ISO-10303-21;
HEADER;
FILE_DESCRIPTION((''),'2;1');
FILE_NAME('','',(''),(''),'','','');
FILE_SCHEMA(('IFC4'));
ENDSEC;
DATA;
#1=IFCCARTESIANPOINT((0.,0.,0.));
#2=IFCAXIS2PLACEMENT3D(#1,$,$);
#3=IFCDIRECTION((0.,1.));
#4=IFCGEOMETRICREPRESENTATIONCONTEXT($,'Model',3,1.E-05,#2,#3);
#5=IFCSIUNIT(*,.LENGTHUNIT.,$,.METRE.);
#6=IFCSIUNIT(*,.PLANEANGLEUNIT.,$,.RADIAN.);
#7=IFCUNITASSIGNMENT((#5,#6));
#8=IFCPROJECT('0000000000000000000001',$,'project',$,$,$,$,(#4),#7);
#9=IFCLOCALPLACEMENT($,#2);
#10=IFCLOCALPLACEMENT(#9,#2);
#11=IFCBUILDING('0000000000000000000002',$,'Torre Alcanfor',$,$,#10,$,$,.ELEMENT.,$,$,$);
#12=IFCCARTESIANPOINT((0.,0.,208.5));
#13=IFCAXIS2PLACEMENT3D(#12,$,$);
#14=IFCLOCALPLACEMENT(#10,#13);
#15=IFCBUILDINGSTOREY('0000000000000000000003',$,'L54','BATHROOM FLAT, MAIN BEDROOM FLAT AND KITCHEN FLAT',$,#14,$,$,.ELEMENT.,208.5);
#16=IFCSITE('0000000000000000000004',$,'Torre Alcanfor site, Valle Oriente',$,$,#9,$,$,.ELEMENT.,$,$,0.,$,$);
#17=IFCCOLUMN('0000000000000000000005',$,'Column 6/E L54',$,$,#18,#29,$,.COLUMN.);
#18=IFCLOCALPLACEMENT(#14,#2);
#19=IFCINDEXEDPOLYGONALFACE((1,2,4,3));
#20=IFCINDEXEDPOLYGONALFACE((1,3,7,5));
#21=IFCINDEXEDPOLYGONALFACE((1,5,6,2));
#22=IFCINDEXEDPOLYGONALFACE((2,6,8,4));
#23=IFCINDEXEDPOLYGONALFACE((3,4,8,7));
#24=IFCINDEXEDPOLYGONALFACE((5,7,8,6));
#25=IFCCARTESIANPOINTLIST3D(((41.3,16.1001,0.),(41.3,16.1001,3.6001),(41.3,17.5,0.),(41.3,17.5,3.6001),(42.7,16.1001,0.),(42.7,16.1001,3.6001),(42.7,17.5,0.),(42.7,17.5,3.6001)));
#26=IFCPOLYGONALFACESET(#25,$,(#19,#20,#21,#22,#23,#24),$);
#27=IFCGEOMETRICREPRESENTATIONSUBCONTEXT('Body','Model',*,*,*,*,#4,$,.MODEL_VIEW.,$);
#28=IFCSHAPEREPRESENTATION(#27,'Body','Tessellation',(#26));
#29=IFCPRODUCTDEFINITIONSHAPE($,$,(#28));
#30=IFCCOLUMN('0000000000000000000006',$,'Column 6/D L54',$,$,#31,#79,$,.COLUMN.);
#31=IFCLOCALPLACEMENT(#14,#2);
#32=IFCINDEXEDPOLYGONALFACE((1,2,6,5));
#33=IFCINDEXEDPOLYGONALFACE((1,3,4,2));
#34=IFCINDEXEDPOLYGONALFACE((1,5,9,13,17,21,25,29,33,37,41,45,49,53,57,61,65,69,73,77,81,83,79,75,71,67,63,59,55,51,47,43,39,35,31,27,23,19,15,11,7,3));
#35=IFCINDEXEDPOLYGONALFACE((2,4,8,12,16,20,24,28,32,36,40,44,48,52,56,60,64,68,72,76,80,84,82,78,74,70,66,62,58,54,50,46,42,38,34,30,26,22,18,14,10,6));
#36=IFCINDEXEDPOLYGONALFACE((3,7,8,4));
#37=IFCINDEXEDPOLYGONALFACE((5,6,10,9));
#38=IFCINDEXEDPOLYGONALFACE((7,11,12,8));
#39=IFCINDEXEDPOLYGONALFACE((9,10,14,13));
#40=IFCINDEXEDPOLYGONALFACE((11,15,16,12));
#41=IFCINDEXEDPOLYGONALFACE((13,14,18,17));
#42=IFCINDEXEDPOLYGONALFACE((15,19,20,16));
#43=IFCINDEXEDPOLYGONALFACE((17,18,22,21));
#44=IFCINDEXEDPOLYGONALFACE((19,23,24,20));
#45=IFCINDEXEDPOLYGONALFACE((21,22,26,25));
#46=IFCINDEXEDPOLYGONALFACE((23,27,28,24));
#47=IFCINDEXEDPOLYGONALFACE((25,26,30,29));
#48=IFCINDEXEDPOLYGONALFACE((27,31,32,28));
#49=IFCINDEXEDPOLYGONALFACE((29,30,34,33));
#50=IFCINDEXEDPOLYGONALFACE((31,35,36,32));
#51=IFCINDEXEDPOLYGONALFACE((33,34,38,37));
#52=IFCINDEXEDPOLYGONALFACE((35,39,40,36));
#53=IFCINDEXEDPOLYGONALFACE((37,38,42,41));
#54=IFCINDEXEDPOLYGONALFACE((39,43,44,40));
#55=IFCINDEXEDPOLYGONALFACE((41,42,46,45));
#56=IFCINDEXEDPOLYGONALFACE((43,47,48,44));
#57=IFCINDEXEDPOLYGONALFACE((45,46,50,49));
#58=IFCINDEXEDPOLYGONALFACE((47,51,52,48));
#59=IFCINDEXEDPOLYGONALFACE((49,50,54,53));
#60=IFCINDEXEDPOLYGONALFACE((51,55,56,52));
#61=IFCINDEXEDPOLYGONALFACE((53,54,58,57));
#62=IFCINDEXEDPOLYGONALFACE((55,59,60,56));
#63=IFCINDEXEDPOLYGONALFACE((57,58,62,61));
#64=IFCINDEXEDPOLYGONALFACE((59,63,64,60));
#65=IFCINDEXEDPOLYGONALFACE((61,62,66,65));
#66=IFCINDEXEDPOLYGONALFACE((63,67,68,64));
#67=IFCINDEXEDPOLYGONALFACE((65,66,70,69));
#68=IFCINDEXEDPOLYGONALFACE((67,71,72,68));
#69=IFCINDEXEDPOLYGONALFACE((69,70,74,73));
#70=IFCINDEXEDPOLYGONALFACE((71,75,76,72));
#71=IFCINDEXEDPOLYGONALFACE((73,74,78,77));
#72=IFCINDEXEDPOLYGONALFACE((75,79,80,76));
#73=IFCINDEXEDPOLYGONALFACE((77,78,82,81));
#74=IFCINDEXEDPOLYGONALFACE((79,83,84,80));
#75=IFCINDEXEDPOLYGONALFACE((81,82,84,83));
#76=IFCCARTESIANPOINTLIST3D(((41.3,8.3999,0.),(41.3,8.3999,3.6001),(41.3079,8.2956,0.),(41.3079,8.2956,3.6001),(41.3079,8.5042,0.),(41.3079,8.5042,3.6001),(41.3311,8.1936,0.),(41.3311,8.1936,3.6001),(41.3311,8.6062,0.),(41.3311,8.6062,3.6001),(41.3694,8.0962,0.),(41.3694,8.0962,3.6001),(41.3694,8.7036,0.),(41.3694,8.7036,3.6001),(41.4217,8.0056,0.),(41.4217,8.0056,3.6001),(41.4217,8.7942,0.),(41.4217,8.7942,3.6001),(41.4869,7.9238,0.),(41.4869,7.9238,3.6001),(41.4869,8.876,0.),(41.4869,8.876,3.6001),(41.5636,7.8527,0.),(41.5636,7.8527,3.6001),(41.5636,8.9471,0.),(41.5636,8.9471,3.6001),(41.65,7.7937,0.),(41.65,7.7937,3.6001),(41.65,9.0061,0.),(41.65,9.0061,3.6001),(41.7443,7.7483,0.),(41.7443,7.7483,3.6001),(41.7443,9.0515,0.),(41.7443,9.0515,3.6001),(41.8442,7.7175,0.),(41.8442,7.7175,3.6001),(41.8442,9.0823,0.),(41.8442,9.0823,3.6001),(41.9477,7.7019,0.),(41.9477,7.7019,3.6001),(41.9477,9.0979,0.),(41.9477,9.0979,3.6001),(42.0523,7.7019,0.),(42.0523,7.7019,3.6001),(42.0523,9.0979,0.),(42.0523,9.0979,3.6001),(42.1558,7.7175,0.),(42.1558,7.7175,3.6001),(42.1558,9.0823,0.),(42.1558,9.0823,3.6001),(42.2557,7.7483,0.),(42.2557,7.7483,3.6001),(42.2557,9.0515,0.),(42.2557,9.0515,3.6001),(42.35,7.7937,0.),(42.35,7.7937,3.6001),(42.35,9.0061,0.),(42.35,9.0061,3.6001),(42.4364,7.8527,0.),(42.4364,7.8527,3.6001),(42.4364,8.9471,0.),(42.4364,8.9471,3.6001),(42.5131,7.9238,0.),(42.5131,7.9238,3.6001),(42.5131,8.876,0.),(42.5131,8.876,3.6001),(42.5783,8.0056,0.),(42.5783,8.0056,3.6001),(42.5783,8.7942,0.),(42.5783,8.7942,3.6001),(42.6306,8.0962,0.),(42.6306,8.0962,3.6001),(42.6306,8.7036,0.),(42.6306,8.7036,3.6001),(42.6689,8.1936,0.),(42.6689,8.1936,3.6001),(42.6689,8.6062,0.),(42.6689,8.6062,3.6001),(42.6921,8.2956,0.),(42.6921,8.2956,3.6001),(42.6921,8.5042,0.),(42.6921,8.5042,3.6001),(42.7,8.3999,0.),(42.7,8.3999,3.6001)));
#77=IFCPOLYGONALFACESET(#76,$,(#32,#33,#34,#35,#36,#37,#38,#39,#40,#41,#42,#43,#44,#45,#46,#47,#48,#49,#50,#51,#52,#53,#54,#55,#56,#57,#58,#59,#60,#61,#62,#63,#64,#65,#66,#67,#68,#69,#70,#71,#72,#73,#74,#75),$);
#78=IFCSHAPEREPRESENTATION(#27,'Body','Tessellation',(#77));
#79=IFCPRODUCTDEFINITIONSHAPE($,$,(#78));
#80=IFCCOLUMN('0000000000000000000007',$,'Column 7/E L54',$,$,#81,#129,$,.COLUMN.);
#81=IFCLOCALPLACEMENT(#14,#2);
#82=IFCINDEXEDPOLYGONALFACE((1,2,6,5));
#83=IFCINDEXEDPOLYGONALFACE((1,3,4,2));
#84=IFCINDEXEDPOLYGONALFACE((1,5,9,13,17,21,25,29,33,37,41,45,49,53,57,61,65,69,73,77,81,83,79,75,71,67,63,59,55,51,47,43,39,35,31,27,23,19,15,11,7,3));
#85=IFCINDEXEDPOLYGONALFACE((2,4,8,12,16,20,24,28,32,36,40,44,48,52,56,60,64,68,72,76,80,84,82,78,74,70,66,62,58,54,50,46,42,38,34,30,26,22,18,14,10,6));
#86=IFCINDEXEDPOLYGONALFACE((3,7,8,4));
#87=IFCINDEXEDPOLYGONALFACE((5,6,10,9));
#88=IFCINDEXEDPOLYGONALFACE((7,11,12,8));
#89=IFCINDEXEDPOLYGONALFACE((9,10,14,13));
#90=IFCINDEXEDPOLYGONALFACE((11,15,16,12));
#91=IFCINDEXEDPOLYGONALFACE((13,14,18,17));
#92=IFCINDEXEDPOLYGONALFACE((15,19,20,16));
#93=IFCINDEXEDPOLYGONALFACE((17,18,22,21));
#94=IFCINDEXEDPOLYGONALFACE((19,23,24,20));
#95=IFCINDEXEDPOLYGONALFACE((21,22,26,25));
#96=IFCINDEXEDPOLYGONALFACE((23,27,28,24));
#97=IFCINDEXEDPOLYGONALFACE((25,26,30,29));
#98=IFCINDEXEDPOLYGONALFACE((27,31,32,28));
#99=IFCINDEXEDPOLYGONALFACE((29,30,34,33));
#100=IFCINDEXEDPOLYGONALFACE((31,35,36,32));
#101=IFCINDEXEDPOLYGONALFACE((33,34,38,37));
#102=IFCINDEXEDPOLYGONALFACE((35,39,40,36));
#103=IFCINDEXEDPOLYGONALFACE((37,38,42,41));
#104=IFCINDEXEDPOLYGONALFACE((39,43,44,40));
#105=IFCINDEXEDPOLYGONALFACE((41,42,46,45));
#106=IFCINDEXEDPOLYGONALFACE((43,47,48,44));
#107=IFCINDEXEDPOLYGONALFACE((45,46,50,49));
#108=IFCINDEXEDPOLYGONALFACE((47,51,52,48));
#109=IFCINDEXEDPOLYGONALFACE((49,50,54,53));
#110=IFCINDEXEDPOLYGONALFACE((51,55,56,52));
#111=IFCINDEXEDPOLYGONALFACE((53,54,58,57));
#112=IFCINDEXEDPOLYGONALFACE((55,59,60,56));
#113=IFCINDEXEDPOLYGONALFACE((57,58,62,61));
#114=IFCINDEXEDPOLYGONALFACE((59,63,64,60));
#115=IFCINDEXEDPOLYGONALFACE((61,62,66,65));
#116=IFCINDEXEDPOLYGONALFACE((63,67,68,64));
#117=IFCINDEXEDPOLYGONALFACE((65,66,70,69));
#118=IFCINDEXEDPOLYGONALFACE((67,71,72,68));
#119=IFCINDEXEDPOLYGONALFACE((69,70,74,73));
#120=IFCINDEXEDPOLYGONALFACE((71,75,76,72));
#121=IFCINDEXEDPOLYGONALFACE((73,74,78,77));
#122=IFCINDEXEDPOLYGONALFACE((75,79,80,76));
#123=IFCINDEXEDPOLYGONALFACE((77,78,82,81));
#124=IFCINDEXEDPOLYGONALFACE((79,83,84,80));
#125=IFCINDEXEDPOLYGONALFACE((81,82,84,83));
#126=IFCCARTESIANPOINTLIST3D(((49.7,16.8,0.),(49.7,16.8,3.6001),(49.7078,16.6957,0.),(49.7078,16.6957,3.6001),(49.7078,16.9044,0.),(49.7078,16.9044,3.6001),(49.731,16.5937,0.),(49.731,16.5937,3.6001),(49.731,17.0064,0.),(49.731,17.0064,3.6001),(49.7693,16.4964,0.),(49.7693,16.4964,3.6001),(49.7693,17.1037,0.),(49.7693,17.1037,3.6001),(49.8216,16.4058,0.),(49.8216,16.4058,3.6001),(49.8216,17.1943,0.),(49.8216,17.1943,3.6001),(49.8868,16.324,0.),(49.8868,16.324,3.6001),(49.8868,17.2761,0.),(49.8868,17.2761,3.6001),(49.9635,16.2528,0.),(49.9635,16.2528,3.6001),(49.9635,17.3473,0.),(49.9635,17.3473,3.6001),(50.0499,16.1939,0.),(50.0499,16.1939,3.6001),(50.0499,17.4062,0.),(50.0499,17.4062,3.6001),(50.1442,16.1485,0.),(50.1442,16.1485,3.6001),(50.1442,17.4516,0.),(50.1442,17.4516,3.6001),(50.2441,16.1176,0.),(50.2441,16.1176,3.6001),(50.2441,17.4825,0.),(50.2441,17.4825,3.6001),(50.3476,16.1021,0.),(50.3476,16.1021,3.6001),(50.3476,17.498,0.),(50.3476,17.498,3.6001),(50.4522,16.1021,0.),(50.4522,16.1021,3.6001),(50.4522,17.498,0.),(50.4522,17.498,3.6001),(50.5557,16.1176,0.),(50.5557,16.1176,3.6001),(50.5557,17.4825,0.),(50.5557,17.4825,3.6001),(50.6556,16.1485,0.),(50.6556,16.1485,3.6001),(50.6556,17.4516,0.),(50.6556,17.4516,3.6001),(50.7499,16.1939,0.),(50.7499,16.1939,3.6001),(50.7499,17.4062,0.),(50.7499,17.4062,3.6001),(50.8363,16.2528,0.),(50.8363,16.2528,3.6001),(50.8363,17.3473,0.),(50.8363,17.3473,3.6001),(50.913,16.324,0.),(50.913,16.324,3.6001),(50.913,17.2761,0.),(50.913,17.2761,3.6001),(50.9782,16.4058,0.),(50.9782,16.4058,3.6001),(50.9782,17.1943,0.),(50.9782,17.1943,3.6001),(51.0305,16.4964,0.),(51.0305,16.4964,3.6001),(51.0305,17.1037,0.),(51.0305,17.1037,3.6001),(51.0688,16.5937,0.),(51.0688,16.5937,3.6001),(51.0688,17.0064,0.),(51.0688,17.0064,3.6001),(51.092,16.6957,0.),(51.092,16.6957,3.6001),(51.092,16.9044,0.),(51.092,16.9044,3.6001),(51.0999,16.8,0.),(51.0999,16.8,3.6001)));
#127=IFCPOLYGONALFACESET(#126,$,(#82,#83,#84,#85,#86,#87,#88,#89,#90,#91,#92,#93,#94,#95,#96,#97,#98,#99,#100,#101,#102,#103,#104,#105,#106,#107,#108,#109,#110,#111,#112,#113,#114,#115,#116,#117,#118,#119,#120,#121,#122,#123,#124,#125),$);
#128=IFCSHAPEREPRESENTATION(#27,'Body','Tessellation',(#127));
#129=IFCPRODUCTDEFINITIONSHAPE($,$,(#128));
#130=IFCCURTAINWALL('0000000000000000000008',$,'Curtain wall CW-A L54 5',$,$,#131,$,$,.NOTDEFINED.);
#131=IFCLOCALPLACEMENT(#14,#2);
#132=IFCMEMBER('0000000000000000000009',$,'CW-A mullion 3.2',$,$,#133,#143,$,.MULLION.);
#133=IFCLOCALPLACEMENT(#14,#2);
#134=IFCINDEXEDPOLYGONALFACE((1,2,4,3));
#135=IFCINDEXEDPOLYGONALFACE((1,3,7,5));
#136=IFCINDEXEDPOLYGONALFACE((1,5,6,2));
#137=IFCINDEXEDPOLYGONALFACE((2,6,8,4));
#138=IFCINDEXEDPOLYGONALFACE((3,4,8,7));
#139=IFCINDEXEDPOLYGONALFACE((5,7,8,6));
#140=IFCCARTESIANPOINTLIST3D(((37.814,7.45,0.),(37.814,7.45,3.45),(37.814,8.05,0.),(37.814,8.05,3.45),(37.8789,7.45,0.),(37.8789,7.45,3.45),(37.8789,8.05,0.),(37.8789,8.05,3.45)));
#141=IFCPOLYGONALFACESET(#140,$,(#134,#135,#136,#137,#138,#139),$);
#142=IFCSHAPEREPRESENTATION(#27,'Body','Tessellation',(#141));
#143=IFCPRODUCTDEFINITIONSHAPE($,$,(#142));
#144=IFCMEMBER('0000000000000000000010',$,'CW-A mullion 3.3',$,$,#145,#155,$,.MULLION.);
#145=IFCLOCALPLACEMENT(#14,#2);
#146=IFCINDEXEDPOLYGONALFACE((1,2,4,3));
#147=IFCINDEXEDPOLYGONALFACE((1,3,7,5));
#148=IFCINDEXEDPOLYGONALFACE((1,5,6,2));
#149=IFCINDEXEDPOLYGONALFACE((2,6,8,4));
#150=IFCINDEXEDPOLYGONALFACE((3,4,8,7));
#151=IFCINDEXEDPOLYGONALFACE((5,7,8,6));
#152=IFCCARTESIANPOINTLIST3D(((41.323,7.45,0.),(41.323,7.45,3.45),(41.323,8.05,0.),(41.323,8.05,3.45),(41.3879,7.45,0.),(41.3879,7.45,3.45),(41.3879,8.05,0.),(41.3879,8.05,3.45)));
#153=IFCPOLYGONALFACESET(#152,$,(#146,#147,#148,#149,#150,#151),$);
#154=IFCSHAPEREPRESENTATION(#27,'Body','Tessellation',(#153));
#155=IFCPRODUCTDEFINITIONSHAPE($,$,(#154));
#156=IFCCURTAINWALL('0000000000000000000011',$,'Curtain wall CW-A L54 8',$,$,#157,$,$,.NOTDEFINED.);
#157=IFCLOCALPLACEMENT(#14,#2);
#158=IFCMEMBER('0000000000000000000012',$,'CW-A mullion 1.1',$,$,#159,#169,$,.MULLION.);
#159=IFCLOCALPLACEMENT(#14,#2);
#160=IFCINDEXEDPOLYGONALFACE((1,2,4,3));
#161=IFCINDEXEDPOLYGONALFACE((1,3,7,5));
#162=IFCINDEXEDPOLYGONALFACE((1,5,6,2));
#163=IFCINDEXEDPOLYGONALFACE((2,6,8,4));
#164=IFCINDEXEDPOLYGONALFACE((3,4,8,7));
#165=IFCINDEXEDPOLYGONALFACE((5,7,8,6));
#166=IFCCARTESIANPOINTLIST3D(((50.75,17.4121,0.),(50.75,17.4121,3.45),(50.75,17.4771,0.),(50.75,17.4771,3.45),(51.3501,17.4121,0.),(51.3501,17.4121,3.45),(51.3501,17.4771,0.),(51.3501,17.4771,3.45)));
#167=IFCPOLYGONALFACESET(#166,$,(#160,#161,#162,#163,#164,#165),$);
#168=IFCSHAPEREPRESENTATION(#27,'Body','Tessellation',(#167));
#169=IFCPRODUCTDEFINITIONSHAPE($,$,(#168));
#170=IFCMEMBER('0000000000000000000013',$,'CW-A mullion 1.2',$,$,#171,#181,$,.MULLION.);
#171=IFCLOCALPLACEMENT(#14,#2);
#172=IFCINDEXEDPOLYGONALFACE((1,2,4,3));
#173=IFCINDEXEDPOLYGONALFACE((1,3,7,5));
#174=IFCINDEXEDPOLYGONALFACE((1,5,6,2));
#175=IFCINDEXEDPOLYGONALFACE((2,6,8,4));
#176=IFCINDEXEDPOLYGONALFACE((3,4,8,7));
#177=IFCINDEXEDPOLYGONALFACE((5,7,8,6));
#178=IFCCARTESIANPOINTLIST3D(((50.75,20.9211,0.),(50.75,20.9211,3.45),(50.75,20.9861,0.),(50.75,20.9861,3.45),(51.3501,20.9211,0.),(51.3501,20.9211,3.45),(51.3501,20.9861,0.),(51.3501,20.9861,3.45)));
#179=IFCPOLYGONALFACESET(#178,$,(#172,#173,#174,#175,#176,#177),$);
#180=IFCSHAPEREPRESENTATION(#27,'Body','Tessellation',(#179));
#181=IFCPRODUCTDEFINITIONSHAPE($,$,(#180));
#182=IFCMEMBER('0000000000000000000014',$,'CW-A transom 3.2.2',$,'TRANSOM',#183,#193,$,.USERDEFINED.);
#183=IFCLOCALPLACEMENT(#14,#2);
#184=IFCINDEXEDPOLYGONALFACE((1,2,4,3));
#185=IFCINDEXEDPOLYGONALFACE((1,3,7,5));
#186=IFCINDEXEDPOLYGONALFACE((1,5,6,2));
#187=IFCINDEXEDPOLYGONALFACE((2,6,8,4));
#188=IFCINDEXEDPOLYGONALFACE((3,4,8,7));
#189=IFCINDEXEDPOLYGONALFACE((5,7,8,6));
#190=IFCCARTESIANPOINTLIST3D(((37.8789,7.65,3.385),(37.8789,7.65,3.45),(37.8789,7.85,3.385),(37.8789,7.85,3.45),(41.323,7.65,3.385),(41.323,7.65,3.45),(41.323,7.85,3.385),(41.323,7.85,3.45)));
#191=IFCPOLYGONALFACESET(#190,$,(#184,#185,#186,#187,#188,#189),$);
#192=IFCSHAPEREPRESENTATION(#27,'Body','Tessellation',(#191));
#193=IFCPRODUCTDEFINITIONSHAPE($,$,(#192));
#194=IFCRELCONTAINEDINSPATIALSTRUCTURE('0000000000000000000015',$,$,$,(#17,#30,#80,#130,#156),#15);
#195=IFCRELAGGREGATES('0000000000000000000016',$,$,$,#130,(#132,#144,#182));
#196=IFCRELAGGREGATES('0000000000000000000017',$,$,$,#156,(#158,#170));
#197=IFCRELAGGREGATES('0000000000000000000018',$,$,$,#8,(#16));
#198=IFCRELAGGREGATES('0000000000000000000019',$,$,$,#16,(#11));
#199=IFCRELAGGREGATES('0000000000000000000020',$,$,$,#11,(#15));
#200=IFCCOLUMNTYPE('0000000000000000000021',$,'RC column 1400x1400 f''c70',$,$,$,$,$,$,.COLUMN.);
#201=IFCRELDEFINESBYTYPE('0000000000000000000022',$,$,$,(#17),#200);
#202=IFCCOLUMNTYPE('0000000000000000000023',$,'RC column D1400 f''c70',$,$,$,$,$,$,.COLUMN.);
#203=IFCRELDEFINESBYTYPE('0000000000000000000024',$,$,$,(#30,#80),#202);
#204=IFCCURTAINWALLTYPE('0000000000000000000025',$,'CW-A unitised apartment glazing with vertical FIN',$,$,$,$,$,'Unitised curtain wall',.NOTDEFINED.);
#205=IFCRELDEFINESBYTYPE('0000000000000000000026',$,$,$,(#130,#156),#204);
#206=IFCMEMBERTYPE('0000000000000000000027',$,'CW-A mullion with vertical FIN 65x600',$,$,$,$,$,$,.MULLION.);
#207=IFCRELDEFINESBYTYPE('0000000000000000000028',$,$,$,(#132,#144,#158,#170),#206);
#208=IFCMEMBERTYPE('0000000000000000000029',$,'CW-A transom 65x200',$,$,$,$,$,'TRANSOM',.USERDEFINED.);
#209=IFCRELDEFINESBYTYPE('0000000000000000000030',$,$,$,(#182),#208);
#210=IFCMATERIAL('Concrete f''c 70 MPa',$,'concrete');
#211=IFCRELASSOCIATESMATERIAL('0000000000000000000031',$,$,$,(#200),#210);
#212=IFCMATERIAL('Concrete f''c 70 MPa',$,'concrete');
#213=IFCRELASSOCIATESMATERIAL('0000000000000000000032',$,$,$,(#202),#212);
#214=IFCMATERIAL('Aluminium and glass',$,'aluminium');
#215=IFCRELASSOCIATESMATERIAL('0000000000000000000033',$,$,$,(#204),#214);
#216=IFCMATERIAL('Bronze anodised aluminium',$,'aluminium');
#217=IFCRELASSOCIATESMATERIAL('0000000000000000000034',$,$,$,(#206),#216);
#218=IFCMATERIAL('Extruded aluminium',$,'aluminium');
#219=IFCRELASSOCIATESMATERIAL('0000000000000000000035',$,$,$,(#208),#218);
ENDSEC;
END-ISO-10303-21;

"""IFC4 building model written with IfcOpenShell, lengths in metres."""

from ifc_helpers import new_model, si_unit, direction, frame, origin, origin_2d, place, context, subcontext, project, spatial, rectangle, circle, extrude, material, material_profile, profile_set, type_object, element, aggregate, save


model = new_model("IFC4")

# Units and contexts
model_context = context("Model", 3, precision=1e-05, world=origin(), true_north=direction((0.0, 1.0)))
body_context = subcontext(model_context, "Body", "Model", "MODEL_VIEW")
ifc_project = project(units=[si_unit("LENGTHUNIT", "METRE"), si_unit("PLANEANGLEUNIT", "RADIAN")], contexts=[model_context])

# Site, building, storey
site_placement = place(None, origin())
site = spatial("IfcSite", under=ifc_project, at=site_placement, Name="Torre Alcanfor site, Valle Oriente", CompositionType="ELEMENT", RefElevation=0.0)
building_placement = place(site_placement, origin())
building = spatial("IfcBuilding", under=site, at=building_placement, Name="Torre Alcanfor", CompositionType="ELEMENT")
storey_placement = place(building_placement, frame((0.0, 0.0, 208.5)))
storey = spatial("IfcBuildingStorey", under=building, at=storey_placement, Name="L54", Description="BATHROOM FLAT, MAIN BEDROOM FLAT AND KITCHEN FLAT", CompositionType="ELEMENT", Elevation=208.5)

# Columns
ifc_material_1 = material(Name="Concrete f'c 70 MPa", Category="concrete")
ifc_material_profile_1 = material_profile(ifc_material_1, rectangle(XDim=1.3999, YDim=1.3999, at=origin_2d()), Name="1400x1400")
ifc_profile_set_1 = profile_set([ifc_material_profile_1], Name="Concrete f'c 70 MPa")
column_type_1 = type_object("IfcColumnType", Name="RC column 1400x1400 f'c70", PredefinedType="COLUMN", material=ifc_profile_set_1)
column_placement = place(storey_placement, frame((42.0, 16.8, 0.0), z_axis=(0.0, 0.0, 1.0), x_axis=(1.0, 0.0, 0.0)))
element("IfcColumn", 1, at=column_placement, inside=storey, type_object=column_type_1, Name="Column 6/E L54", PredefinedType="COLUMN", context=body_context, shape_type="SweptSolid", body=[
    extrude(rectangle(XDim=1.3999, YDim=1.3999, at=origin_2d()), origin(), (0.0, 0.0, 1.0), 3.6001),
])
ifc_material_2 = material(Name="Concrete f'c 70 MPa", Category="concrete")
ifc_material_profile_2 = material_profile(ifc_material_2, circle(Radius=0.7, at=origin_2d()), Name="D1400")
ifc_profile_set_2 = profile_set([ifc_material_profile_2], Name="Concrete f'c 70 MPa")
column_type_2 = type_object("IfcColumnType", Name="RC column D1400 f'c70", PredefinedType="COLUMN", material=ifc_profile_set_2)
for number, where, z_axis, x_axis, name in (
    (2, (42.0, 8.3999, 0.0), (0.0, 0.0, 1.0), (1.0, 0.0, 0.0), "Column 6/D L54"),
    (3, (50.3999, 16.8, 0.0), (0.0, 0.0, 1.0), (1.0, 0.0, 0.0), "Column 7/E L54"),
):
    element("IfcColumn", number, at=place(storey_placement, frame(where, z_axis=z_axis, x_axis=x_axis)), inside=storey, type_object=column_type_2, Name=name, PredefinedType="COLUMN", context=body_context, shape_type="SweptSolid", body=[
        extrude(circle(Radius=0.7, at=origin_2d()), origin(), (0.0, 0.0, 1.0), 3.6001),
    ])

# Curtain walls, members
ifc_material_3 = material(Name="Aluminium and glass", Category="aluminium")
curtain_wall_type = type_object("IfcCurtainWallType", Name="CW-A unitised apartment glazing with vertical FIN", ElementType="Unitised curtain wall", PredefinedType="NOTDEFINED", material=ifc_material_3)
curtain_wall_1_placement = place(storey_placement, origin())
curtain_wall_1 = element("IfcCurtainWall", 4, at=curtain_wall_1_placement, inside=storey, type_object=curtain_wall_type, Name="Curtain wall CW-A L54 5", PredefinedType="NOTDEFINED")
ifc_material_4 = material(Name="Bronze anodised aluminium", Category="aluminium")
ifc_material_profile_3 = material_profile(ifc_material_4, rectangle(XDim=0.6001, YDim=0.0649, at=origin_2d()), Name="CW-A mullion 65x600")
ifc_profile_set_3 = profile_set([ifc_material_profile_3], Name="Bronze anodised aluminium")
member_type_1 = type_object("IfcMemberType", Name="CW-A mullion with vertical FIN 65x600", PredefinedType="MULLION", material=ifc_profile_set_3)
member_1_placement = place(storey_placement, frame((37.8464, 7.75, 0.0), z_axis=(0.0, 0.0, 1.0), x_axis=(0.0, 1.0, 0.0)))
member_1 = element("IfcMember", 5, at=member_1_placement, type_object=member_type_1, Name="CW-A mullion 3.2", PredefinedType="MULLION", context=body_context, shape_type="SweptSolid", body=[
    extrude(rectangle(XDim=0.6001, YDim=0.0649, at=origin_2d()), origin(), (0.0, 0.0, 1.0), 3.45),
])
member_2_placement = place(storey_placement, frame((41.3555, 7.75, 0.0), z_axis=(0.0, 0.0, 1.0), x_axis=(0.0, 1.0, 0.0)))
member_2 = element("IfcMember", 6, at=member_2_placement, type_object=member_type_1, Name="CW-A mullion 3.3", PredefinedType="MULLION", context=body_context, shape_type="SweptSolid", body=[
    extrude(rectangle(XDim=0.6001, YDim=0.0649, at=origin_2d()), origin(), (0.0, 0.0, 1.0), 3.45),
])
curtain_wall_2_placement = place(storey_placement, origin())
curtain_wall_2 = element("IfcCurtainWall", 7, at=curtain_wall_2_placement, inside=storey, type_object=curtain_wall_type, Name="Curtain wall CW-A L54 8", PredefinedType="NOTDEFINED")
member_3_placement = place(storey_placement, frame((51.05, 17.4446, 0.0), z_axis=(0.0, 0.0, 1.0), x_axis=(-1.0, 0.0, 0.0)))
member_3 = element("IfcMember", 8, at=member_3_placement, type_object=member_type_1, Name="CW-A mullion 1.1", PredefinedType="MULLION", context=body_context, shape_type="SweptSolid", body=[
    extrude(rectangle(XDim=0.6001, YDim=0.0649, at=origin_2d()), origin(), (0.0, 0.0, 1.0), 3.45),
])
member_4_placement = place(storey_placement, frame((51.05, 20.9536, 0.0), z_axis=(0.0, 0.0, 1.0), x_axis=(-1.0, 0.0, 0.0)))
member_4 = element("IfcMember", 9, at=member_4_placement, type_object=member_type_1, Name="CW-A mullion 1.2", PredefinedType="MULLION", context=body_context, shape_type="SweptSolid", body=[
    extrude(rectangle(XDim=0.6001, YDim=0.0649, at=origin_2d()), origin(), (0.0, 0.0, 1.0), 3.45),
])

# Member
ifc_material_5 = material(Name="Extruded aluminium", Category="aluminium")
ifc_material_profile_4 = material_profile(ifc_material_5, rectangle(XDim=0.2, YDim=0.0649, at=origin_2d()), Name="CW-A transom 200x65")
ifc_profile_set_4 = profile_set([ifc_material_profile_4], Name="Extruded aluminium")
member_type_2 = type_object("IfcMemberType", Name="CW-A transom 65x200", ElementType="TRANSOM", PredefinedType="USERDEFINED", material=ifc_profile_set_4)
member_5_placement = place(storey_placement, frame((37.8789, 7.75, 3.4175), z_axis=(1.0, 0.0, 0.0), x_axis=(0.0, 1.0, 0.0)))
member_5 = element("IfcMember", 10, at=member_5_placement, type_object=member_type_2, Name="CW-A transom 3.2.2", ObjectType="TRANSOM", PredefinedType="USERDEFINED", context=body_context, shape_type="SweptSolid", body=[
    extrude(rectangle(XDim=0.2, YDim=0.0649, at=origin_2d()), origin(), (0.0, 0.0, 1.0), 3.4441),
])

aggregate(curtain_wall_1, [member_1, member_2, member_5])
aggregate(curtain_wall_2, [member_3, member_4])

save(model, "model.ifc")
